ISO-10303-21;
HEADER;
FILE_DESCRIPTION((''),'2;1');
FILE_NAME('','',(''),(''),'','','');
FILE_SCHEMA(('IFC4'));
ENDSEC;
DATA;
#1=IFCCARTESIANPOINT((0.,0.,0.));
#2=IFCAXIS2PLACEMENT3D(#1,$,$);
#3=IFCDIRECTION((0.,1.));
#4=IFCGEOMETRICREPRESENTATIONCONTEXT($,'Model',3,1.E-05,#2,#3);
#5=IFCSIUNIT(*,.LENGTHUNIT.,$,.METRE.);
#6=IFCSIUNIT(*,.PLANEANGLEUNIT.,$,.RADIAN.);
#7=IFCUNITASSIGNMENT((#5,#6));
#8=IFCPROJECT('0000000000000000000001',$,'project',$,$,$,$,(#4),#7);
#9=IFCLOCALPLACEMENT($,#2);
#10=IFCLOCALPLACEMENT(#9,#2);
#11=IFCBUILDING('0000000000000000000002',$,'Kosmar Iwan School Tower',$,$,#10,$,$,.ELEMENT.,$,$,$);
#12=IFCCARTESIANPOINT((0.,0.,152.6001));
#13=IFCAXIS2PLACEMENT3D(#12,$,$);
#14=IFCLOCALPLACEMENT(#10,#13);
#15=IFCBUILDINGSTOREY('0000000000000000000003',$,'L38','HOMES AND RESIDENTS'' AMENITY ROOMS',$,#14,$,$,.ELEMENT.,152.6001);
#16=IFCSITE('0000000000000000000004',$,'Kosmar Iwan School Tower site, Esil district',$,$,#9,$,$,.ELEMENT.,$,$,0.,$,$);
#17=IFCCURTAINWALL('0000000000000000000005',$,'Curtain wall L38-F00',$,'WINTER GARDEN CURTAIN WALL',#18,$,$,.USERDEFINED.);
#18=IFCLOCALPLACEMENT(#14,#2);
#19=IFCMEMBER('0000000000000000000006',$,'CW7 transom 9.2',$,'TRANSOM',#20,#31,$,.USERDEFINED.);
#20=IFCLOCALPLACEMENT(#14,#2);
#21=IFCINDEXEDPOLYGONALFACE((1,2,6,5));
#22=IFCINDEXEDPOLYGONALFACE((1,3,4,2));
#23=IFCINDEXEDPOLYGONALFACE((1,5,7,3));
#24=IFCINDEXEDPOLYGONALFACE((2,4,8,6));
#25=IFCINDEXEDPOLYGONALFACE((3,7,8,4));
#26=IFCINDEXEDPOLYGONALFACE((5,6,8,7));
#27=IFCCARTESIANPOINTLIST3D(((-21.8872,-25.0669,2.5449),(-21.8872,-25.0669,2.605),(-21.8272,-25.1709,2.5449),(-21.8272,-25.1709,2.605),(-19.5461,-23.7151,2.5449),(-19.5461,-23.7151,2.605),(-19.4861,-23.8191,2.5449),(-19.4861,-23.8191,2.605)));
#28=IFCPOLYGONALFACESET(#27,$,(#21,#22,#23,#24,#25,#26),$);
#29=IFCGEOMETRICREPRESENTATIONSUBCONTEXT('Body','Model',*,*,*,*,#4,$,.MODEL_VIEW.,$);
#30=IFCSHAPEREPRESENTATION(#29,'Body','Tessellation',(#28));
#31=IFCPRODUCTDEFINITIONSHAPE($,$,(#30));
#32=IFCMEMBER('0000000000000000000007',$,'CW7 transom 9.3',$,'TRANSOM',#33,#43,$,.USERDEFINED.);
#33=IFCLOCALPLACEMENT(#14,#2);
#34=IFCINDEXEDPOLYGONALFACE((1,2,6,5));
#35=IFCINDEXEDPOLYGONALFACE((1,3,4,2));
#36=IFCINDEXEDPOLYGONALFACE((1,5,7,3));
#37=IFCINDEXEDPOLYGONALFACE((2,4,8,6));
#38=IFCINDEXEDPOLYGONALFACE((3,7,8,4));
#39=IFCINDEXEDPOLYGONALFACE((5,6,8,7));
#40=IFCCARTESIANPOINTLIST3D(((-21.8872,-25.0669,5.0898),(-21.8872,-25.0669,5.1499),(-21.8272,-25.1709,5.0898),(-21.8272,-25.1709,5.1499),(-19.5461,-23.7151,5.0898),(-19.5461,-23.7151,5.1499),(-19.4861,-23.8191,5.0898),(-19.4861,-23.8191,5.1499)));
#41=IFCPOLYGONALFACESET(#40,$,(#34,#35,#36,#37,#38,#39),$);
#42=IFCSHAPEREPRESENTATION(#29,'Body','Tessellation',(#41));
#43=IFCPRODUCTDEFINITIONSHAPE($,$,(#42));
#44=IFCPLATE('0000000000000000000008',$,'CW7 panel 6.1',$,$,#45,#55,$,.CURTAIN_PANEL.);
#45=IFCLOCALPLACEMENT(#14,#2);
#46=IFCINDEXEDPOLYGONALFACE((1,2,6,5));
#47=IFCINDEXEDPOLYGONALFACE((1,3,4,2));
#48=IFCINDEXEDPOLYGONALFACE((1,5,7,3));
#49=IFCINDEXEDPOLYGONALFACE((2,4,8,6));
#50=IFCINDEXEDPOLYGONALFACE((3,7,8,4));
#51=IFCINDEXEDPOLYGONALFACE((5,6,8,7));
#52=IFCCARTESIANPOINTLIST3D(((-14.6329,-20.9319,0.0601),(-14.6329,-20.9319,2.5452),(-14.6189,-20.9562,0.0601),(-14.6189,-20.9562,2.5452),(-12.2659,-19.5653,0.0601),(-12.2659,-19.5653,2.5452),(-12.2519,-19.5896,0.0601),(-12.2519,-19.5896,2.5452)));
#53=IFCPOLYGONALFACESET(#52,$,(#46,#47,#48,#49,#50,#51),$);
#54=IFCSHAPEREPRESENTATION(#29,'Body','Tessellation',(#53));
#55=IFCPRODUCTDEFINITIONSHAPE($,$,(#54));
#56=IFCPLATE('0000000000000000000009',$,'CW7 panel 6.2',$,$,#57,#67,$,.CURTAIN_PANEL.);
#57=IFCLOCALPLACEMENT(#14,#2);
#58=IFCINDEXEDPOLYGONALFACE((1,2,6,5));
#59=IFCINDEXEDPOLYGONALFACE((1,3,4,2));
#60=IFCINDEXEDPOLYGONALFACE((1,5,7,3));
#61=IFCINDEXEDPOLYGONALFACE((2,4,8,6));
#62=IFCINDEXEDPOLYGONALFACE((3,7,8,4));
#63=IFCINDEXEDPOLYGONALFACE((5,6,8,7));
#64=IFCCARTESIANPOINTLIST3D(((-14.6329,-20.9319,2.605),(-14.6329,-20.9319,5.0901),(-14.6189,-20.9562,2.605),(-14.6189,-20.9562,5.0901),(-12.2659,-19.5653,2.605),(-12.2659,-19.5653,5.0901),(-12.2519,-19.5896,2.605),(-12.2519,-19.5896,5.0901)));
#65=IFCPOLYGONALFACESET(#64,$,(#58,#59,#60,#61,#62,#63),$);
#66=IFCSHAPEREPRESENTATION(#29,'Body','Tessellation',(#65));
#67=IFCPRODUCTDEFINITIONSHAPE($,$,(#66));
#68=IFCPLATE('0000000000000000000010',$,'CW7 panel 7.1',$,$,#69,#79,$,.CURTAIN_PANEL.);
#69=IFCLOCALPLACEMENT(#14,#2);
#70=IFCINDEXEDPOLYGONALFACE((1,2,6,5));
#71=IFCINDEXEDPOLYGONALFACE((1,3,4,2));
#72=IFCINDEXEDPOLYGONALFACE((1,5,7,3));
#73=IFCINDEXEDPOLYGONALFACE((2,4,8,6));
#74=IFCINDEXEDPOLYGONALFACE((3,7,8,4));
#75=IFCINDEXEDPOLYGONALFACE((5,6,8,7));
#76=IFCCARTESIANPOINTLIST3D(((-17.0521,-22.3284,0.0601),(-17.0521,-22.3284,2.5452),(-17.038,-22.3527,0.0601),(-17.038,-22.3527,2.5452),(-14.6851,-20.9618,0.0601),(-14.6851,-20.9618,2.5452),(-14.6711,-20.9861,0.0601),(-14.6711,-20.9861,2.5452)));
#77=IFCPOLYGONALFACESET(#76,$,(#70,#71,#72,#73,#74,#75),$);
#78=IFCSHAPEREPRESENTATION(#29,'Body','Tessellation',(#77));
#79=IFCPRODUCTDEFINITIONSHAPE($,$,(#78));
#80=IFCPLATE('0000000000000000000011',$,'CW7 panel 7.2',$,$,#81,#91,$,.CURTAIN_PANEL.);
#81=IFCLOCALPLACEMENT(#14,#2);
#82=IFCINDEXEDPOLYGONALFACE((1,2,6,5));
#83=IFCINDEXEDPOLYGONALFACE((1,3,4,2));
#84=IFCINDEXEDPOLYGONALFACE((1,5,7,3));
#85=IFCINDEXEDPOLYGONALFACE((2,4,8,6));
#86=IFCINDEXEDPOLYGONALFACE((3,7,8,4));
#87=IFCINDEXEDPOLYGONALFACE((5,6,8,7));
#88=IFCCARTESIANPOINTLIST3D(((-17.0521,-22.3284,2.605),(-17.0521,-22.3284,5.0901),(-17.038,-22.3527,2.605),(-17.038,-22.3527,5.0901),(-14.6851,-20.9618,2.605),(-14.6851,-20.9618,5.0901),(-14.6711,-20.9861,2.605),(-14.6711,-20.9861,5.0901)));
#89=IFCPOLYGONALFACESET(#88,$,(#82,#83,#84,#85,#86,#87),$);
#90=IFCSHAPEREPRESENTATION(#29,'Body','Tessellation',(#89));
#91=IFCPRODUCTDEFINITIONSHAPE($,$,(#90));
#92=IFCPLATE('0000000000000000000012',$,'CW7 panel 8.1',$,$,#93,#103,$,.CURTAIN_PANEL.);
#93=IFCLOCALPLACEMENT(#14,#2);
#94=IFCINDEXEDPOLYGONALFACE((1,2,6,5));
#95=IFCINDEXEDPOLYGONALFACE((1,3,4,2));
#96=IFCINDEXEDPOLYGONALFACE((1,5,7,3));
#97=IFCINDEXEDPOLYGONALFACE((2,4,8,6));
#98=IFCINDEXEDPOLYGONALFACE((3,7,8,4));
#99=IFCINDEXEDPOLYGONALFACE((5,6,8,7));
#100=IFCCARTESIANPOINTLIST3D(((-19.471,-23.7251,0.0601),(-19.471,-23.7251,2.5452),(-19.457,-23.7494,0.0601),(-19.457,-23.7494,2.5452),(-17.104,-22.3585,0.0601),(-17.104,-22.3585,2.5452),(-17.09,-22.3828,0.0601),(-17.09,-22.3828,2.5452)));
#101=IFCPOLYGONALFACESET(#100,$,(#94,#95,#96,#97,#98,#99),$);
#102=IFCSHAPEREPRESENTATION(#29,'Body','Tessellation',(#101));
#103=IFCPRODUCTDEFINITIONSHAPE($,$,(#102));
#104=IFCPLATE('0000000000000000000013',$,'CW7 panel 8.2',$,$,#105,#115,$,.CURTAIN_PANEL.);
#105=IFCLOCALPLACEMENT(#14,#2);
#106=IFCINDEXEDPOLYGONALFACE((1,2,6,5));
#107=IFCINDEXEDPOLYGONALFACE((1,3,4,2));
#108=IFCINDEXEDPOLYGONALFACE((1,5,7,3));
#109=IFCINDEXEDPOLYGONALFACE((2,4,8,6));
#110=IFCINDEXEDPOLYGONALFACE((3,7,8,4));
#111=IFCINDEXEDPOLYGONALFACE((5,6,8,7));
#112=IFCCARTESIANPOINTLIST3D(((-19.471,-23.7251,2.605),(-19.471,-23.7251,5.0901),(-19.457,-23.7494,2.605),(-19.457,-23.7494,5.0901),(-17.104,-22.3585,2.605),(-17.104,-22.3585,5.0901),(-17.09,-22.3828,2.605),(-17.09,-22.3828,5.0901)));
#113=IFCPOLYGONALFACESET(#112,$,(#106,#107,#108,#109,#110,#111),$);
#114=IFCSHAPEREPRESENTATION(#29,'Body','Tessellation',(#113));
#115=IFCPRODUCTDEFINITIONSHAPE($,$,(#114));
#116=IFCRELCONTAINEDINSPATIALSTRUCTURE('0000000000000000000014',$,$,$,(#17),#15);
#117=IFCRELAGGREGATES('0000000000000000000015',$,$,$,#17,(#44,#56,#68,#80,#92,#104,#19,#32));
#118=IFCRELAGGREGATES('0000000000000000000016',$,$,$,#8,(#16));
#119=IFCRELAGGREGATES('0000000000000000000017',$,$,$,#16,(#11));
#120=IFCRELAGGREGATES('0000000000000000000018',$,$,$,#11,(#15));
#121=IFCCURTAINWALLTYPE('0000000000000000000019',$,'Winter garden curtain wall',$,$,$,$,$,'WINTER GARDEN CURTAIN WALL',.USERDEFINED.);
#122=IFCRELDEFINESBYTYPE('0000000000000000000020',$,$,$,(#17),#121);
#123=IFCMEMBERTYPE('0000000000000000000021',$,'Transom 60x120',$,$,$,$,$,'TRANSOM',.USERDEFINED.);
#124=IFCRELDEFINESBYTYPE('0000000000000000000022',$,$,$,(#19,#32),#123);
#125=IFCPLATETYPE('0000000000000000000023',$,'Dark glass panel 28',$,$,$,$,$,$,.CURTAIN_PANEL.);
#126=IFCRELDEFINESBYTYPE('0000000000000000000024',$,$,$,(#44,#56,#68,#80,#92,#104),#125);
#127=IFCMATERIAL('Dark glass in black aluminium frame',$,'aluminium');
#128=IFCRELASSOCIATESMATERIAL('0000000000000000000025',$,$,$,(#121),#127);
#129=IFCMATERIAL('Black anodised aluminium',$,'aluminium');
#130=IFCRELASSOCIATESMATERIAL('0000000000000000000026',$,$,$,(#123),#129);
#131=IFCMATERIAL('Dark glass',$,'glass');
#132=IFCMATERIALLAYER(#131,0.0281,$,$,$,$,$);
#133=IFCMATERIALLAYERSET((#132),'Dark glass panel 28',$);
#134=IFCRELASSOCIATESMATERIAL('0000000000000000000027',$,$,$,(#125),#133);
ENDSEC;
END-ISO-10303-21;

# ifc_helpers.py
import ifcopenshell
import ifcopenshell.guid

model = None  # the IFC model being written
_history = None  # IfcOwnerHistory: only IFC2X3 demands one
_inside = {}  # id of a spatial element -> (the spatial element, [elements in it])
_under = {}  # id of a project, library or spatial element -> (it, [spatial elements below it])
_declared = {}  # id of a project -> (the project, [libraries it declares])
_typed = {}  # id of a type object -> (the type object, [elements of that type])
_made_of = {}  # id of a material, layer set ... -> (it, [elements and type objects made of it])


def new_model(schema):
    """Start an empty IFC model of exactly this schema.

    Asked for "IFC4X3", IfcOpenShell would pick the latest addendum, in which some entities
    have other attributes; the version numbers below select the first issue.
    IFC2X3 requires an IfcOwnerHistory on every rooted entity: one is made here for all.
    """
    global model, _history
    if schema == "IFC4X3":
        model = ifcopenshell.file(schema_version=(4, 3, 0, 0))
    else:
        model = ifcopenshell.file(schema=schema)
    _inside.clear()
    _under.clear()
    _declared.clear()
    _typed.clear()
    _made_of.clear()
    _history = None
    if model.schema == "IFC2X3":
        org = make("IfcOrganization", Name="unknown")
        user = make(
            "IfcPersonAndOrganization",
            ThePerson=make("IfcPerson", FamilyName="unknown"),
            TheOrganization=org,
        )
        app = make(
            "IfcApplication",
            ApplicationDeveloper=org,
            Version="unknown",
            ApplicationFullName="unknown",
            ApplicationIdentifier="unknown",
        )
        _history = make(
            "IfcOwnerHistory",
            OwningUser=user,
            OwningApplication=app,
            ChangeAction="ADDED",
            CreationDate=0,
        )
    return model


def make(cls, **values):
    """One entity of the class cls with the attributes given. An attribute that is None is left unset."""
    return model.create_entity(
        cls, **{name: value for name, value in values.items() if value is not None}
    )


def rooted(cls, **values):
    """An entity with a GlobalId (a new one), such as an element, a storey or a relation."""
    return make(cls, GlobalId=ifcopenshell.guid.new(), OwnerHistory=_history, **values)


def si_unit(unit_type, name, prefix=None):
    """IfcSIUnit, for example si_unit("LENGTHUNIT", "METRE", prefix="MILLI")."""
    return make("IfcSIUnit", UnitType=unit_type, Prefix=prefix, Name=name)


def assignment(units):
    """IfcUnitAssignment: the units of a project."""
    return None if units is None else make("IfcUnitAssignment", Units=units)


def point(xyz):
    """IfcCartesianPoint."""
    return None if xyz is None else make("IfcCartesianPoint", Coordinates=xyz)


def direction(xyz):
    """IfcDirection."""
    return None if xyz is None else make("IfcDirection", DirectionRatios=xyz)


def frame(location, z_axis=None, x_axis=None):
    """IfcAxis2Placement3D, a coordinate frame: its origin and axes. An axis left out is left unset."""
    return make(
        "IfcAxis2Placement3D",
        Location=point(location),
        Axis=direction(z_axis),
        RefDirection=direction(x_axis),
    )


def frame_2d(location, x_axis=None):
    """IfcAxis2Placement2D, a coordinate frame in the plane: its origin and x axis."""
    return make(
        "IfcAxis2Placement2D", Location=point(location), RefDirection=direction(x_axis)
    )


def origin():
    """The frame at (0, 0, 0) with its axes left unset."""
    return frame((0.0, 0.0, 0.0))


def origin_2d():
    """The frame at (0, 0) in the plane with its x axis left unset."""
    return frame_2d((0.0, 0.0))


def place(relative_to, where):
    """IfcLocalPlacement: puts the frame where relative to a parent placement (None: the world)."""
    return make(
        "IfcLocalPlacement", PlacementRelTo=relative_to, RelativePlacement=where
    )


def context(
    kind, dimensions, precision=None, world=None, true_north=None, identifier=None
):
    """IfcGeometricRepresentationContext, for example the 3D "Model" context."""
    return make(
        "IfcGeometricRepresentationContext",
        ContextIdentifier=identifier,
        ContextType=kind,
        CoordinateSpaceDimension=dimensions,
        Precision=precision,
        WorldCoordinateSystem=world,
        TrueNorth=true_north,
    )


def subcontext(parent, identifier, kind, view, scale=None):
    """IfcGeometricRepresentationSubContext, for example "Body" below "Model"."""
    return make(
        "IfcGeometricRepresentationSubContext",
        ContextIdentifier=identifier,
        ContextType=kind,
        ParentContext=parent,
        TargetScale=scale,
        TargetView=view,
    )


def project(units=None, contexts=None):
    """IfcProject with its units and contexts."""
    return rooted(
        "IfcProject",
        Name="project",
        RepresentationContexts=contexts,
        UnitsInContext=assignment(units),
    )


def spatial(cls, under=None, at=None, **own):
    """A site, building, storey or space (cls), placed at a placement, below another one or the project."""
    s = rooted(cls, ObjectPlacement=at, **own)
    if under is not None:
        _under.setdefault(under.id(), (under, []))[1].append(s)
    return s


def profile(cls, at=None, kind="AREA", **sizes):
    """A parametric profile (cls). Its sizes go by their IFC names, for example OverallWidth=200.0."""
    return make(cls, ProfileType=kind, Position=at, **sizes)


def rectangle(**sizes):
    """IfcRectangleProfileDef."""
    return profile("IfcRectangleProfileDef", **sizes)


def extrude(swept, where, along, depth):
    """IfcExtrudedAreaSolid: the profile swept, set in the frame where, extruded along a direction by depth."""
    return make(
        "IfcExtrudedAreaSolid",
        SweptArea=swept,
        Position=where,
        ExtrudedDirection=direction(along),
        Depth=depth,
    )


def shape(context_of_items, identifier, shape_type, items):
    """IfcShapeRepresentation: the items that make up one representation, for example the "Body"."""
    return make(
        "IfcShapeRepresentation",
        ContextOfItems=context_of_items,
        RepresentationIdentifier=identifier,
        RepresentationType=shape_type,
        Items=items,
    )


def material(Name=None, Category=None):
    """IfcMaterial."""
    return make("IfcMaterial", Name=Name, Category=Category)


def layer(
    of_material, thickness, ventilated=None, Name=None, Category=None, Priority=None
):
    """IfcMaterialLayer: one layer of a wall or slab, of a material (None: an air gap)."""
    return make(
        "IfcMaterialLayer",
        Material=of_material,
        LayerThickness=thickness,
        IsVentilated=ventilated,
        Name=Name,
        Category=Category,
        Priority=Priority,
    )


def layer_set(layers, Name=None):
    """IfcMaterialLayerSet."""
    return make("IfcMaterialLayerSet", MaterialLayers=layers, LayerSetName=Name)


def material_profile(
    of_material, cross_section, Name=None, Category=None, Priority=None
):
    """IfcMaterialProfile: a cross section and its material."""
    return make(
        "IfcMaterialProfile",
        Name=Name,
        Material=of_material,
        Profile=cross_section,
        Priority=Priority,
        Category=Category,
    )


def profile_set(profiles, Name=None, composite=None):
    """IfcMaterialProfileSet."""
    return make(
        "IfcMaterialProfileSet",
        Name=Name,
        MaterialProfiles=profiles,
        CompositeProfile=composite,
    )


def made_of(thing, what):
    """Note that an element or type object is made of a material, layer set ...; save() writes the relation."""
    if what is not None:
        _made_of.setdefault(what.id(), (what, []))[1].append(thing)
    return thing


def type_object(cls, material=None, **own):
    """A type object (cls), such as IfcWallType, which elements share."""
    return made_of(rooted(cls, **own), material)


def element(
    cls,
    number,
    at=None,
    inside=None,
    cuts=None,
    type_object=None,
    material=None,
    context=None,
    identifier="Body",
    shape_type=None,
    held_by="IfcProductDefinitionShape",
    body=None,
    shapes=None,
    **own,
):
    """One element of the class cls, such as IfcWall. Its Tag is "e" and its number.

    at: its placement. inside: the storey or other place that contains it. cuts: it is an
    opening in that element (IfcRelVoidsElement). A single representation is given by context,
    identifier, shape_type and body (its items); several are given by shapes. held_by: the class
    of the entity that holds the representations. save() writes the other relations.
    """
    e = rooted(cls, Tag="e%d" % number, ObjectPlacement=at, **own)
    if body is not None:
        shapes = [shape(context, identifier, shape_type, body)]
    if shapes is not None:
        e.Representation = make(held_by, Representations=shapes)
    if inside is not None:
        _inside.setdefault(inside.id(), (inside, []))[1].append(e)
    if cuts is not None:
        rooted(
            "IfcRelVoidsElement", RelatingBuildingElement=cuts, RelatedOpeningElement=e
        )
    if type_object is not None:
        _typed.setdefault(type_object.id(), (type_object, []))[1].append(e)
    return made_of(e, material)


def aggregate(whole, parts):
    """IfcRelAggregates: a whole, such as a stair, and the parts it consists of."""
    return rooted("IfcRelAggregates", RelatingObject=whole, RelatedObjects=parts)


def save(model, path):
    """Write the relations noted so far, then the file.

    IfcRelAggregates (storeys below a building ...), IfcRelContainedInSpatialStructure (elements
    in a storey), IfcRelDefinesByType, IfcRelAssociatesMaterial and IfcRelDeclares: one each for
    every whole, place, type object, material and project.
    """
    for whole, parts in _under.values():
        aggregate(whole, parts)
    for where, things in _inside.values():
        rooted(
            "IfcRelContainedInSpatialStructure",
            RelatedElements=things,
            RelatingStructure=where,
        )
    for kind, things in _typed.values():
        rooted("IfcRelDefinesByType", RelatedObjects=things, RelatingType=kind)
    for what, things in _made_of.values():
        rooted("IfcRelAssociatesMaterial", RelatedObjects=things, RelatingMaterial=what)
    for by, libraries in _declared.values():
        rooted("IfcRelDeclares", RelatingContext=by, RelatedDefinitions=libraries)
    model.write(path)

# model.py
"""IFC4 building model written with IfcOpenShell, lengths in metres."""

from ifc_helpers import new_model, si_unit, direction, frame, origin, origin_2d, place, context, subcontext, project, spatial, rectangle, extrude, material, layer, layer_set, material_profile, profile_set, type_object, element, aggregate, save


model = new_model("IFC4")

# Units and contexts
model_context = context("Model", 3, precision=1e-05, world=origin(), true_north=direction((0.0, 1.0)))
body_context = subcontext(model_context, "Body", "Model", "MODEL_VIEW")
ifc_project = project(units=[si_unit("LENGTHUNIT", "METRE"), si_unit("PLANEANGLEUNIT", "RADIAN")], contexts=[model_context])

# Site, building, storey
site_placement = place(None, origin())
site = spatial("IfcSite", under=ifc_project, at=site_placement, Name="Kosmar Iwan School Tower site, Esil district", CompositionType="ELEMENT", RefElevation=0.0)
building_placement = place(site_placement, origin())
building = spatial("IfcBuilding", under=site, at=building_placement, Name="Kosmar Iwan School Tower", CompositionType="ELEMENT")
storey_placement = place(building_placement, frame((0.0, 0.0, 152.6001)))
storey = spatial("IfcBuildingStorey", under=building, at=storey_placement, Name="L38", Description="HOMES AND RESIDENTS' AMENITY ROOMS", CompositionType="ELEMENT", Elevation=152.6001)

# Curtain wall
ifc_material_1 = material(Name="Dark glass in black aluminium frame", Category="aluminium")
curtain_wall_type = type_object("IfcCurtainWallType", Name="Winter garden curtain wall", ElementType="WINTER GARDEN CURTAIN WALL", PredefinedType="USERDEFINED", material=ifc_material_1)
curtain_wall_placement = place(storey_placement, origin())
curtain_wall = element("IfcCurtainWall", 1, at=curtain_wall_placement, inside=storey, type_object=curtain_wall_type, Name="Curtain wall L38-F00", ObjectType="WINTER GARDEN CURTAIN WALL", PredefinedType="USERDEFINED")

# Members
ifc_material_2 = material(Name="Black anodised aluminium", Category="aluminium")
ifc_material_profile_1 = material_profile(ifc_material_2, rectangle(XDim=0.1201, YDim=0.0601, at=origin_2d()), Name="TRANSOM 60x120")
ifc_profile_set_1 = profile_set([ifc_material_profile_1], Name="Black anodised aluminium")
member_type_1 = type_object("IfcMemberType", Name="Transom 60x120", ElementType="TRANSOM", PredefinedType="USERDEFINED", material=ifc_profile_set_1)
member_1_placement = place(storey_placement, frame((-19.5161, -23.7671, 2.575), z_axis=(-0.865995, -0.500053, 0.0), x_axis=(0.500053, -0.865995, 0.0)))
member_1 = element("IfcMember", 2, at=member_1_placement, type_object=member_type_1, Name="CW7 transom 9.2", ObjectType="TRANSOM", PredefinedType="USERDEFINED", context=body_context, shape_type="SweptSolid", body=[
    extrude(rectangle(XDim=0.1201, YDim=0.0601, at=origin_2d()), origin(), (0.0, 0.0, 1.0), 2.7034),
])
member_2_placement = place(storey_placement, frame((-19.5161, -23.7671, 5.1199), z_axis=(-0.865995, -0.500053, 0.0), x_axis=(0.500053, -0.865995, 0.0)))
member_2 = element("IfcMember", 3, at=member_2_placement, type_object=member_type_1, Name="CW7 transom 9.3", ObjectType="TRANSOM", PredefinedType="USERDEFINED", context=body_context, shape_type="SweptSolid", body=[
    extrude(rectangle(XDim=0.1201, YDim=0.0601, at=origin_2d()), origin(), (0.0, 0.0, 1.0), 2.7034),
])

# Plates
ifc_material_3 = material(Name="Dark glass", Category="glass")
ifc_layer = layer(ifc_material_3, 0.0281)
ifc_layer_set = layer_set([ifc_layer], Name="Dark glass panel 28")
plate_type = type_object("IfcPlateType", Name="Dark glass panel 28", PredefinedType="CURTAIN_PANEL", material=ifc_layer_set)
plate_1_placement = place(storey_placement, frame((-13.4424, -20.2607, 0.0601), z_axis=(0.0, 0.0, 1.0), x_axis=(-0.866025, -0.5, 0.0)))
plate_1 = element("IfcPlate", 4, at=plate_1_placement, type_object=plate_type, Name="CW7 panel 6.1", PredefinedType="CURTAIN_PANEL", context=body_context, shape_type="SweptSolid", body=[
    extrude(rectangle(XDim=2.7332, YDim=0.0281, at=origin_2d()), origin(), (0.0, 0.0, 1.0), 2.4851),
])
plate_2_placement = place(storey_placement, frame((-13.4424, -20.2607, 2.605), z_axis=(0.0, 0.0, 1.0), x_axis=(-0.866025, -0.5, 0.0)))
plate_2 = element("IfcPlate", 5, at=plate_2_placement, type_object=plate_type, Name="CW7 panel 6.2", PredefinedType="CURTAIN_PANEL", context=body_context, shape_type="SweptSolid", body=[
    extrude(rectangle(XDim=2.7332, YDim=0.0281, at=origin_2d()), origin(), (0.0, 0.0, 1.0), 2.4851),
])
plate_3_placement = place(storey_placement, frame((-15.8616, -21.6572, 0.0601), z_axis=(0.0, 0.0, 1.0), x_axis=(-0.866025, -0.5, 0.0)))
plate_3 = element("IfcPlate", 6, at=plate_3_placement, type_object=plate_type, Name="CW7 panel 7.1", PredefinedType="CURTAIN_PANEL", context=body_context, shape_type="SweptSolid", body=[
    extrude(rectangle(XDim=2.7332, YDim=0.0281, at=origin_2d()), origin(), (0.0, 0.0, 1.0), 2.4851),
])
plate_4_placement = place(storey_placement, frame((-15.8616, -21.6572, 2.605), z_axis=(0.0, 0.0, 1.0), x_axis=(-0.866025, -0.5, 0.0)))
plate_4 = element("IfcPlate", 7, at=plate_4_placement, type_object=plate_type, Name="CW7 panel 7.2", PredefinedType="CURTAIN_PANEL", context=body_context, shape_type="SweptSolid", body=[
    extrude(rectangle(XDim=2.7332, YDim=0.0281, at=origin_2d()), origin(), (0.0, 0.0, 1.0), 2.4851),
])
plate_5_placement = place(storey_placement, frame((-18.2805, -23.054, 0.0601), z_axis=(0.0, 0.0, 1.0), x_axis=(-0.866025, -0.5, 0.0)))
plate_5 = element("IfcPlate", 8, at=plate_5_placement, type_object=plate_type, Name="CW7 panel 8.1", PredefinedType="CURTAIN_PANEL", context=body_context, shape_type="SweptSolid", body=[
    extrude(rectangle(XDim=2.7332, YDim=0.0281, at=origin_2d()), origin(), (0.0, 0.0, 1.0), 2.4851),
])
plate_6_placement = place(storey_placement, frame((-18.2805, -23.054, 2.605), z_axis=(0.0, 0.0, 1.0), x_axis=(-0.866025, -0.5, 0.0)))
plate_6 = element("IfcPlate", 9, at=plate_6_placement, type_object=plate_type, Name="CW7 panel 8.2", PredefinedType="CURTAIN_PANEL", context=body_context, shape_type="SweptSolid", body=[
    extrude(rectangle(XDim=2.7332, YDim=0.0281, at=origin_2d()), origin(), (0.0, 0.0, 1.0), 2.4851),
])
aggregate(curtain_wall, [plate_1, plate_2, plate_3, plate_4, plate_5, plate_6, member_1, member_2])

save(model, "model.ifc")
